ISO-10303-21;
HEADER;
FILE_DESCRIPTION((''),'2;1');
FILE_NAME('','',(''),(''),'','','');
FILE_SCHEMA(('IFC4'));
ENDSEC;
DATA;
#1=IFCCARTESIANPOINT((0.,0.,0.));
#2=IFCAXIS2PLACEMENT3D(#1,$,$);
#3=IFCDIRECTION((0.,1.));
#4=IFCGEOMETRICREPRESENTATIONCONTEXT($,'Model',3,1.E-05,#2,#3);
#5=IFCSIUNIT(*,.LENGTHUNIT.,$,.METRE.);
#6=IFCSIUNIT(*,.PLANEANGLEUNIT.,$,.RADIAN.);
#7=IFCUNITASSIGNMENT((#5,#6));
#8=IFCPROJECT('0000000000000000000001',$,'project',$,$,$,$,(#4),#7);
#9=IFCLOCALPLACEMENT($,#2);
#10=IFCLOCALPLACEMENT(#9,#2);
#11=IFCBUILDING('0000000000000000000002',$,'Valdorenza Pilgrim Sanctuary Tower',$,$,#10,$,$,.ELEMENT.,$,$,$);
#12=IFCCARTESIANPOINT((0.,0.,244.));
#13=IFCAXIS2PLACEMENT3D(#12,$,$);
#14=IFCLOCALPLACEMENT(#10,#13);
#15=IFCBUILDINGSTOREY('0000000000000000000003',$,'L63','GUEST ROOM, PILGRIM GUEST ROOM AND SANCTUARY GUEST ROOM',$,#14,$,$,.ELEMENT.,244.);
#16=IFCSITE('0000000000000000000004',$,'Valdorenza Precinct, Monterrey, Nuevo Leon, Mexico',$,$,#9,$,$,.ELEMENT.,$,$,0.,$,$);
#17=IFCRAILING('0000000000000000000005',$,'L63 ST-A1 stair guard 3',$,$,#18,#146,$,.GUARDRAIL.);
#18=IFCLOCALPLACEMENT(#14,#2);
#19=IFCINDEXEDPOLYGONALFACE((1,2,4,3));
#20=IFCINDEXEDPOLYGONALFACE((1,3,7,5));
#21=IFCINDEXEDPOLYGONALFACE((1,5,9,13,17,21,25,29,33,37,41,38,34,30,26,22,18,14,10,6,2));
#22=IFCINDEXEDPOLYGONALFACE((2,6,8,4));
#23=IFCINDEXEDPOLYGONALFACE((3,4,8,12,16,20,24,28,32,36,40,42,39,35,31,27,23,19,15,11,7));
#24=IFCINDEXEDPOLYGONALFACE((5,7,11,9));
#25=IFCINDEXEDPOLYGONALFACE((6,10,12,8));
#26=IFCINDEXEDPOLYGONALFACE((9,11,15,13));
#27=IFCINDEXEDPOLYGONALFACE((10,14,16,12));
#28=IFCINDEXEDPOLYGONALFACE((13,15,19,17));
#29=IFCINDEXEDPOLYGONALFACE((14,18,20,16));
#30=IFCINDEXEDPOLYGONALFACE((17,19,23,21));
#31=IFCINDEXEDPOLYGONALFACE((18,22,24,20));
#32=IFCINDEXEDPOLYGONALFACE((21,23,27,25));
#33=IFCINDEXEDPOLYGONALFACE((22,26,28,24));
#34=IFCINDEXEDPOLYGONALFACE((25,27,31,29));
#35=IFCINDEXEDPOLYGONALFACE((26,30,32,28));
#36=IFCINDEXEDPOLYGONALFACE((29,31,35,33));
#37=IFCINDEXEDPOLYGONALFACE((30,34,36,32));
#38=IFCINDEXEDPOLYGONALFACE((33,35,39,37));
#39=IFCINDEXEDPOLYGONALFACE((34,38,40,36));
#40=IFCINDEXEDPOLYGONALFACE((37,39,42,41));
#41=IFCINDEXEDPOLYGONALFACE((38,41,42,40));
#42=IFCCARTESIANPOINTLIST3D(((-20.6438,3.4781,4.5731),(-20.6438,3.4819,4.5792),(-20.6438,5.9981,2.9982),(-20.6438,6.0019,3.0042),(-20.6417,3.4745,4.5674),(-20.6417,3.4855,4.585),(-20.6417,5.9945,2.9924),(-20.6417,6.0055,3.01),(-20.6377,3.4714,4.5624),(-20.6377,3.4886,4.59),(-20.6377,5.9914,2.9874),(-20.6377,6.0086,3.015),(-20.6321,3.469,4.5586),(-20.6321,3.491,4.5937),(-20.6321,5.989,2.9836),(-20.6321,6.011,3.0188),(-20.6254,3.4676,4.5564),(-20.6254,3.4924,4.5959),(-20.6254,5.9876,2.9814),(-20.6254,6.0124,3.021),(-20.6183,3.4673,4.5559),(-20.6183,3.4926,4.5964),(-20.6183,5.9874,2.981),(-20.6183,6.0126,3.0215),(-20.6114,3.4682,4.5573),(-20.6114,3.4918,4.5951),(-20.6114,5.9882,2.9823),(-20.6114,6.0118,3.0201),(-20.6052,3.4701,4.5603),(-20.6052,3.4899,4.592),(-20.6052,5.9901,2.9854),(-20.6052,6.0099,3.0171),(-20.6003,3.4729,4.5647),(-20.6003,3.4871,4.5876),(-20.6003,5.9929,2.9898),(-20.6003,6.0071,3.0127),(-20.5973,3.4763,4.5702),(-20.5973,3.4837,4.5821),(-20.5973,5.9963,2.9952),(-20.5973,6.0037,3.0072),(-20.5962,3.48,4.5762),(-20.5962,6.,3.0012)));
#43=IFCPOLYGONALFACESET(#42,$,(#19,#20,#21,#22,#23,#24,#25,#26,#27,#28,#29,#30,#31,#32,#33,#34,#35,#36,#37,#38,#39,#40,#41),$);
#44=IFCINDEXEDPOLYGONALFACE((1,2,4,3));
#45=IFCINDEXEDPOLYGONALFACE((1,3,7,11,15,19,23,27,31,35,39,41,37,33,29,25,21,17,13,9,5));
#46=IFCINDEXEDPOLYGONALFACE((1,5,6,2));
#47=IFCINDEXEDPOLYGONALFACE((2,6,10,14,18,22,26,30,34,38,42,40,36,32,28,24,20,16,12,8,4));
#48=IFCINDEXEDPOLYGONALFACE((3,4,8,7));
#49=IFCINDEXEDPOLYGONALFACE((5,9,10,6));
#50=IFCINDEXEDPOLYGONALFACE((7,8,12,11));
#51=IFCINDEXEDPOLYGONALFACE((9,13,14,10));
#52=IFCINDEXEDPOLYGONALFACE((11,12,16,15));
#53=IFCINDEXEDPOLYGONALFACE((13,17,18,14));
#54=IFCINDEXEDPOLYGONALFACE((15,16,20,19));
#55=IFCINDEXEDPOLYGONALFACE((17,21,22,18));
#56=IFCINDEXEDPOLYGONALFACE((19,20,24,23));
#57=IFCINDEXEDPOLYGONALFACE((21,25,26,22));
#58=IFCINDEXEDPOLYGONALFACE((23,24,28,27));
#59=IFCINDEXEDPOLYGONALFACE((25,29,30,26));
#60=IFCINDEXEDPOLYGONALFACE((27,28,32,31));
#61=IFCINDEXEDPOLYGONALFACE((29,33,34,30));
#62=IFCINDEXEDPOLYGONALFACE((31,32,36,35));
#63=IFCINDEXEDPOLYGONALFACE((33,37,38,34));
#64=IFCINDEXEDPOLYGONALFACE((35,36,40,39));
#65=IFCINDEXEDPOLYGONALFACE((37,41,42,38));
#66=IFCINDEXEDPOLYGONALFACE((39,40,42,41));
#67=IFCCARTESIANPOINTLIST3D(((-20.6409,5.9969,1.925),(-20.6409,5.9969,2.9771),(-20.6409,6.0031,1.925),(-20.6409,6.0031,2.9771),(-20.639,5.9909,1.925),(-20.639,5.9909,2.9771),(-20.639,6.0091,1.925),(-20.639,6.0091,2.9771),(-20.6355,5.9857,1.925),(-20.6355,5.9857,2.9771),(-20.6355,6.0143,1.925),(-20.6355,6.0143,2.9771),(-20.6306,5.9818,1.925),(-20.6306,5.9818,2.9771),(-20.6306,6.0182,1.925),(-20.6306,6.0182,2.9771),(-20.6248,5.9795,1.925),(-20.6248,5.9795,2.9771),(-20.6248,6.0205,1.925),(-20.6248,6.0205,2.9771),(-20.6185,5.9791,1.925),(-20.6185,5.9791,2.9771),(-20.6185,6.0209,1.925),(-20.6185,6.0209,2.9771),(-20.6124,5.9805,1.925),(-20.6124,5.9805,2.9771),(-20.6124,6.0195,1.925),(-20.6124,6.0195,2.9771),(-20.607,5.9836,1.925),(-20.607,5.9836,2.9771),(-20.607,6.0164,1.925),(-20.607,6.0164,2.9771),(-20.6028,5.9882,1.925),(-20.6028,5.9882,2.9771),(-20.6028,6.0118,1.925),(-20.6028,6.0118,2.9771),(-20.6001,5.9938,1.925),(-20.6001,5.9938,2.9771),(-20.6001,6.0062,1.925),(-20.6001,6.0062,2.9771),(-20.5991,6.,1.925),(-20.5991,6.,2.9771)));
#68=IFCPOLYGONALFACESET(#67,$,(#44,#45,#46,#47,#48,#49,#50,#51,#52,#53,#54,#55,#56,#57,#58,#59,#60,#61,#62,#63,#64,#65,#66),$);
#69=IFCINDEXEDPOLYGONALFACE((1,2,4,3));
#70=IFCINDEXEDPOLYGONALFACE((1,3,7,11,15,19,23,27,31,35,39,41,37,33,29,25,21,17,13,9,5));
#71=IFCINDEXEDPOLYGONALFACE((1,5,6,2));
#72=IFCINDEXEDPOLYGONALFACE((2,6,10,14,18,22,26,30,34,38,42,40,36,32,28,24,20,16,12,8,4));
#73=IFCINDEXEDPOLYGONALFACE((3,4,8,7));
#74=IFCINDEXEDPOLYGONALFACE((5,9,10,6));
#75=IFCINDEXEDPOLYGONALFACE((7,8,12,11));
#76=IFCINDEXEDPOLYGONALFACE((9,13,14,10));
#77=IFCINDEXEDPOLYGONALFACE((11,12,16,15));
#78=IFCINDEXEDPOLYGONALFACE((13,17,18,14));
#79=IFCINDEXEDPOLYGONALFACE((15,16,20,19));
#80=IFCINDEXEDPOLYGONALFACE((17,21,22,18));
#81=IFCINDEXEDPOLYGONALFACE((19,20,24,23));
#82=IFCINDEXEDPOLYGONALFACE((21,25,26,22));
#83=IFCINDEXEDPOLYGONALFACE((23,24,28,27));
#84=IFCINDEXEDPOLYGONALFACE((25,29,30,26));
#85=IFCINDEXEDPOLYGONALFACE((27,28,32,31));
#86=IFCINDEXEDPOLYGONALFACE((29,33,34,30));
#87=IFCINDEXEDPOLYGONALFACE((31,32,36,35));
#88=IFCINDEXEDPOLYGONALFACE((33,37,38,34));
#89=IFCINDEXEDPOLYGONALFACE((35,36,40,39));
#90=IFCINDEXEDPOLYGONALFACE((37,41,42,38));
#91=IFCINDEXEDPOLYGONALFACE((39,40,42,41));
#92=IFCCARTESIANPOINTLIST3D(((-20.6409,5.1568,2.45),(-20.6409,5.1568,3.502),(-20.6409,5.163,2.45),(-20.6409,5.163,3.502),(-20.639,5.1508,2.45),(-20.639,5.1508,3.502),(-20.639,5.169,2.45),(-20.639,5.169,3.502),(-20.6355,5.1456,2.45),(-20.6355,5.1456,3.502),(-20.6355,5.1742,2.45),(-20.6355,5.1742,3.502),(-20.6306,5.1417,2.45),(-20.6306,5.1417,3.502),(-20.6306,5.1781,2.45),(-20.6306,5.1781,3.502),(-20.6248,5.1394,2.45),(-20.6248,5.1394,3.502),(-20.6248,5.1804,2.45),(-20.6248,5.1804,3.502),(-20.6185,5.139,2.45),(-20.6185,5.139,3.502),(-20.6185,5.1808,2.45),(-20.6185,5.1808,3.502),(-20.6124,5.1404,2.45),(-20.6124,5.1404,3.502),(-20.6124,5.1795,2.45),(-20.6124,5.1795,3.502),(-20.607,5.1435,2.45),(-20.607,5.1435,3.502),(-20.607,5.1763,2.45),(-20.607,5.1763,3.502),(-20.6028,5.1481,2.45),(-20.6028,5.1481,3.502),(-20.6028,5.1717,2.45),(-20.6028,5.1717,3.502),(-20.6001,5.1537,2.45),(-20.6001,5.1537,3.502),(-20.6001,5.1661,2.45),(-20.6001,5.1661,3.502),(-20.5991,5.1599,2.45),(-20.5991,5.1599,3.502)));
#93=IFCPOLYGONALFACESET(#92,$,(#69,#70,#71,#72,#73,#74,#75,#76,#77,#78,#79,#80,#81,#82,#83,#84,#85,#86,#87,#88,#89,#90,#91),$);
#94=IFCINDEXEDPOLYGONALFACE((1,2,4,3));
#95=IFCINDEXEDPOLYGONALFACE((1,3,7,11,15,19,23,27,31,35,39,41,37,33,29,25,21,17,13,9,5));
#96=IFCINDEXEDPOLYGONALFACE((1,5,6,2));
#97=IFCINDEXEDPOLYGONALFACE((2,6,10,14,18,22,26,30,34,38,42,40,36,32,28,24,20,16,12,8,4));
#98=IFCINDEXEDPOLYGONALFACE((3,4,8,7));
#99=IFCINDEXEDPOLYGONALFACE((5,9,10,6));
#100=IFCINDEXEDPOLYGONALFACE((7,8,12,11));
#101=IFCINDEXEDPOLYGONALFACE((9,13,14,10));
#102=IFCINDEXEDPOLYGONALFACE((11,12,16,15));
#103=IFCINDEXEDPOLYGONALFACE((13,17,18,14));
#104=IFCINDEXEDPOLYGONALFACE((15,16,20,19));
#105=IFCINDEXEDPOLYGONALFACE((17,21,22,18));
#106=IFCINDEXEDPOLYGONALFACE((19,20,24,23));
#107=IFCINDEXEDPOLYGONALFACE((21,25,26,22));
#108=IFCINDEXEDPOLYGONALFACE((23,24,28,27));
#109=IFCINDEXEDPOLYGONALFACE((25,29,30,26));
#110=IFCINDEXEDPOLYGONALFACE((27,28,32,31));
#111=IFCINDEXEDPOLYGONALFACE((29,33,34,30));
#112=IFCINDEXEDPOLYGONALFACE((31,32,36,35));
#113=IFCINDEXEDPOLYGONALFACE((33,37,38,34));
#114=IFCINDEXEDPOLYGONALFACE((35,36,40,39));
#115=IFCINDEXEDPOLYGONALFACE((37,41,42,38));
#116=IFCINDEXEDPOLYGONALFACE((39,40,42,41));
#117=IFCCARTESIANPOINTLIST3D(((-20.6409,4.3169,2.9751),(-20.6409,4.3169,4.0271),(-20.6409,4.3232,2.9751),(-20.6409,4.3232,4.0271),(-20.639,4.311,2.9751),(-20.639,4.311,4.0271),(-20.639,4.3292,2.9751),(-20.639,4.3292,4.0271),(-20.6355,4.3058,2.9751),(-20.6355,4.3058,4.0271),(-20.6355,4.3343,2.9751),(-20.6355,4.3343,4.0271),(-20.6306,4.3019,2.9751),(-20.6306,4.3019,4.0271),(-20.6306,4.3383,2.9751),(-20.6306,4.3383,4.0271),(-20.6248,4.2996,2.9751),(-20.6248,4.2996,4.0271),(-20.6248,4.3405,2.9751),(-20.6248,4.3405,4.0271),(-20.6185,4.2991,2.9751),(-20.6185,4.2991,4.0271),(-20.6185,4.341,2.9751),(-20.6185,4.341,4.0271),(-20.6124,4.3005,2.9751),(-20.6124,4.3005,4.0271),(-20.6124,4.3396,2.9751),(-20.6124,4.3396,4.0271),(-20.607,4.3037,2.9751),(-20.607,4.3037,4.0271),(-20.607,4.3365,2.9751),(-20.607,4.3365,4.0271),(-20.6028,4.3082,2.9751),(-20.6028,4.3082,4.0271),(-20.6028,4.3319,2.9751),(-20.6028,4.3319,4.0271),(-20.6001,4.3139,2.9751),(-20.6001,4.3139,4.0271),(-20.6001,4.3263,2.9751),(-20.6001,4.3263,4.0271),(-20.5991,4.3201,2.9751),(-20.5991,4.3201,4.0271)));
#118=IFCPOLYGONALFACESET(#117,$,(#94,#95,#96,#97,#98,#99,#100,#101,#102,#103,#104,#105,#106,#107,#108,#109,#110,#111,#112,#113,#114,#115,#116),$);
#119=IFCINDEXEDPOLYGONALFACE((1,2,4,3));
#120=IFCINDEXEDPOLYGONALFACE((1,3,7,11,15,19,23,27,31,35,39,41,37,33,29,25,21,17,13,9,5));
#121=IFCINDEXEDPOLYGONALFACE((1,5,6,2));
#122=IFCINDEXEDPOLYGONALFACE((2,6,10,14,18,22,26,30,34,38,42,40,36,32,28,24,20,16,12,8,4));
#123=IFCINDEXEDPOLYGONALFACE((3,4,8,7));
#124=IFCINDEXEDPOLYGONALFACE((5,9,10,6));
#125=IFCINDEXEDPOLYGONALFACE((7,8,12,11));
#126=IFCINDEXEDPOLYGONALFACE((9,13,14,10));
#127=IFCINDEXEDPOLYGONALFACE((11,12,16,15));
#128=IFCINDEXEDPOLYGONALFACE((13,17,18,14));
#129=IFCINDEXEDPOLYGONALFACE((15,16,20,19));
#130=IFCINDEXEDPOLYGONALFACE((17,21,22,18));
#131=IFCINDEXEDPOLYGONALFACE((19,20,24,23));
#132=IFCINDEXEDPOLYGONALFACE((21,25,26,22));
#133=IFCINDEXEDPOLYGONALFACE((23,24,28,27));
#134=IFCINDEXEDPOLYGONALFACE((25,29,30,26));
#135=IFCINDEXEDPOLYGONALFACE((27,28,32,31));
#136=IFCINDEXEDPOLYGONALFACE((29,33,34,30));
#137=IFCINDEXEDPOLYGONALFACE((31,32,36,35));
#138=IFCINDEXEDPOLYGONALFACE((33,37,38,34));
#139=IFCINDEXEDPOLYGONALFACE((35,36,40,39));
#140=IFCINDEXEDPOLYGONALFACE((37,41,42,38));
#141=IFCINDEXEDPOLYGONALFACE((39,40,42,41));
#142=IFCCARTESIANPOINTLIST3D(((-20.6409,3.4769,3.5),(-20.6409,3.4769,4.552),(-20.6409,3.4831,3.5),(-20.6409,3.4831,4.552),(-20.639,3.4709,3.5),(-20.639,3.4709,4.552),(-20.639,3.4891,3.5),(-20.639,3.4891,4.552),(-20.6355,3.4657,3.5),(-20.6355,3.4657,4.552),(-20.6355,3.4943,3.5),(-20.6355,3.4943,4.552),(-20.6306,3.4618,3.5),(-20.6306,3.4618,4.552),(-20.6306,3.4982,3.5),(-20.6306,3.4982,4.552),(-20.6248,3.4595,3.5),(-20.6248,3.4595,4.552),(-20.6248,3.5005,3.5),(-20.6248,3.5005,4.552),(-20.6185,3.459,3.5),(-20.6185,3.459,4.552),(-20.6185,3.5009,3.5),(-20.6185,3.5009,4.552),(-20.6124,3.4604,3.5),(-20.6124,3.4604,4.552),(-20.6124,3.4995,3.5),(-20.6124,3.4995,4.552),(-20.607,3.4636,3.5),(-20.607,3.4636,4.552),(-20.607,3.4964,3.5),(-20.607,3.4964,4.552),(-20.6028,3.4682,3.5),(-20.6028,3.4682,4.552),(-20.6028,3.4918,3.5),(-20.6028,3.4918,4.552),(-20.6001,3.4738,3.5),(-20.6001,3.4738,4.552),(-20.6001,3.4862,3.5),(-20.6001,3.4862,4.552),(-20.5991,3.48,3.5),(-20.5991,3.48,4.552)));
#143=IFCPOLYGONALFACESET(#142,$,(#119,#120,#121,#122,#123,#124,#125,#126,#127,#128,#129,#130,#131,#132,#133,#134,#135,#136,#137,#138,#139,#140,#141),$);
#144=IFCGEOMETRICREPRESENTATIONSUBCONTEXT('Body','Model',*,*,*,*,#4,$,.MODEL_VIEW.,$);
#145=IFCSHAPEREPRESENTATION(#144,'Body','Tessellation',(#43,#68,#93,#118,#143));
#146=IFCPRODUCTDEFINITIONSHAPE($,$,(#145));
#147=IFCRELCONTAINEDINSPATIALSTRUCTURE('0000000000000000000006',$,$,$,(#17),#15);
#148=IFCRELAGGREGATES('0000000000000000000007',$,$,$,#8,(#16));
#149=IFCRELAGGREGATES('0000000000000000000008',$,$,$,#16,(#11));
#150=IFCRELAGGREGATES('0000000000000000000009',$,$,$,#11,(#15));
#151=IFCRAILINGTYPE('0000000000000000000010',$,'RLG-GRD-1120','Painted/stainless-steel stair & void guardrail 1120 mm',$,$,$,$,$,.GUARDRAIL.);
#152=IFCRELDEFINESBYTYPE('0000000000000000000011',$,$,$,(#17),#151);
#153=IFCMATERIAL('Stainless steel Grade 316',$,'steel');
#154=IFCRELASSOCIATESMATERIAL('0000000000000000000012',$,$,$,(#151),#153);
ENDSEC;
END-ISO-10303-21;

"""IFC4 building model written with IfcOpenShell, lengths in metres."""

from ifc_helpers import new_model, si_unit, direction, frame, origin, origin_2d, place, context, subcontext, project, spatial, circle, extrude, material, type_object, element, save


model = new_model("IFC4")

# Units and contexts
model_context = context("Model", 3, precision=1e-05, world=origin(), true_north=direction((0.0, 1.0)))
body_context = subcontext(model_context, "Body", "Model", "MODEL_VIEW")
ifc_project = project(units=[si_unit("LENGTHUNIT", "METRE"), si_unit("PLANEANGLEUNIT", "RADIAN")], contexts=[model_context])

# Site, building, storey
site_placement = place(None, origin())
site = spatial("IfcSite", under=ifc_project, at=site_placement, Name="Valdorenza Precinct, Monterrey, Nuevo Leon, Mexico", CompositionType="ELEMENT", RefElevation=0.0)
building_placement = place(site_placement, origin())
building = spatial("IfcBuilding", under=site, at=building_placement, Name="Valdorenza Pilgrim Sanctuary Tower", CompositionType="ELEMENT")
storey_placement = place(building_placement, frame((0.0, 0.0, 244.0)))
storey = spatial("IfcBuildingStorey", under=building, at=storey_placement, Name="L63", Description="GUEST ROOM, PILGRIM GUEST ROOM AND SANCTUARY GUEST ROOM", CompositionType="ELEMENT", Elevation=244.0)

# Railing
ifc_material_1 = material(Name="Stainless steel Grade 316", Category="steel")
railing_type_1 = type_object("IfcRailingType", Name="RLG-GRD-1120", Description="Painted/stainless-steel stair & void guardrail 1120 mm", PredefinedType="GUARDRAIL", material=ifc_material_1)
railing_1_placement = place(storey_placement, frame((-20.6201, 6.0, 1.925)))
element("IfcRailing", 1, at=railing_1_placement, inside=storey, type_object=railing_type_1, Name="L63 ST-A1 stair guard 3", PredefinedType="GUARDRAIL", context=body_context, shape_type="SweptSolid", body=[
    extrude(circle(Radius=0.0239, at=origin_2d()), frame((0.0, 0.0, 1.0762), z_axis=(0.0, -0.848008, 0.529984), x_axis=(1.0, 0.0, 0.0)), (0.0, 0.0, 1.0), 2.9717),
    extrude(circle(Radius=0.021, at=origin_2d()), origin(), (0.0, 0.0, 1.0), 1.052),
    extrude(circle(Radius=0.021, at=origin_2d()), frame((0.0, -0.8401, 0.5249)), (0.0, 0.0, 1.0), 1.052),
    extrude(circle(Radius=0.021, at=origin_2d()), frame((0.0, -1.6799, 1.05)), (0.0, 0.0, 1.0), 1.052),
    extrude(circle(Radius=0.021, at=origin_2d()), frame((0.0, -2.52, 1.575)), (0.0, 0.0, 1.0), 1.052),
])

save(model, "model.ifc")
